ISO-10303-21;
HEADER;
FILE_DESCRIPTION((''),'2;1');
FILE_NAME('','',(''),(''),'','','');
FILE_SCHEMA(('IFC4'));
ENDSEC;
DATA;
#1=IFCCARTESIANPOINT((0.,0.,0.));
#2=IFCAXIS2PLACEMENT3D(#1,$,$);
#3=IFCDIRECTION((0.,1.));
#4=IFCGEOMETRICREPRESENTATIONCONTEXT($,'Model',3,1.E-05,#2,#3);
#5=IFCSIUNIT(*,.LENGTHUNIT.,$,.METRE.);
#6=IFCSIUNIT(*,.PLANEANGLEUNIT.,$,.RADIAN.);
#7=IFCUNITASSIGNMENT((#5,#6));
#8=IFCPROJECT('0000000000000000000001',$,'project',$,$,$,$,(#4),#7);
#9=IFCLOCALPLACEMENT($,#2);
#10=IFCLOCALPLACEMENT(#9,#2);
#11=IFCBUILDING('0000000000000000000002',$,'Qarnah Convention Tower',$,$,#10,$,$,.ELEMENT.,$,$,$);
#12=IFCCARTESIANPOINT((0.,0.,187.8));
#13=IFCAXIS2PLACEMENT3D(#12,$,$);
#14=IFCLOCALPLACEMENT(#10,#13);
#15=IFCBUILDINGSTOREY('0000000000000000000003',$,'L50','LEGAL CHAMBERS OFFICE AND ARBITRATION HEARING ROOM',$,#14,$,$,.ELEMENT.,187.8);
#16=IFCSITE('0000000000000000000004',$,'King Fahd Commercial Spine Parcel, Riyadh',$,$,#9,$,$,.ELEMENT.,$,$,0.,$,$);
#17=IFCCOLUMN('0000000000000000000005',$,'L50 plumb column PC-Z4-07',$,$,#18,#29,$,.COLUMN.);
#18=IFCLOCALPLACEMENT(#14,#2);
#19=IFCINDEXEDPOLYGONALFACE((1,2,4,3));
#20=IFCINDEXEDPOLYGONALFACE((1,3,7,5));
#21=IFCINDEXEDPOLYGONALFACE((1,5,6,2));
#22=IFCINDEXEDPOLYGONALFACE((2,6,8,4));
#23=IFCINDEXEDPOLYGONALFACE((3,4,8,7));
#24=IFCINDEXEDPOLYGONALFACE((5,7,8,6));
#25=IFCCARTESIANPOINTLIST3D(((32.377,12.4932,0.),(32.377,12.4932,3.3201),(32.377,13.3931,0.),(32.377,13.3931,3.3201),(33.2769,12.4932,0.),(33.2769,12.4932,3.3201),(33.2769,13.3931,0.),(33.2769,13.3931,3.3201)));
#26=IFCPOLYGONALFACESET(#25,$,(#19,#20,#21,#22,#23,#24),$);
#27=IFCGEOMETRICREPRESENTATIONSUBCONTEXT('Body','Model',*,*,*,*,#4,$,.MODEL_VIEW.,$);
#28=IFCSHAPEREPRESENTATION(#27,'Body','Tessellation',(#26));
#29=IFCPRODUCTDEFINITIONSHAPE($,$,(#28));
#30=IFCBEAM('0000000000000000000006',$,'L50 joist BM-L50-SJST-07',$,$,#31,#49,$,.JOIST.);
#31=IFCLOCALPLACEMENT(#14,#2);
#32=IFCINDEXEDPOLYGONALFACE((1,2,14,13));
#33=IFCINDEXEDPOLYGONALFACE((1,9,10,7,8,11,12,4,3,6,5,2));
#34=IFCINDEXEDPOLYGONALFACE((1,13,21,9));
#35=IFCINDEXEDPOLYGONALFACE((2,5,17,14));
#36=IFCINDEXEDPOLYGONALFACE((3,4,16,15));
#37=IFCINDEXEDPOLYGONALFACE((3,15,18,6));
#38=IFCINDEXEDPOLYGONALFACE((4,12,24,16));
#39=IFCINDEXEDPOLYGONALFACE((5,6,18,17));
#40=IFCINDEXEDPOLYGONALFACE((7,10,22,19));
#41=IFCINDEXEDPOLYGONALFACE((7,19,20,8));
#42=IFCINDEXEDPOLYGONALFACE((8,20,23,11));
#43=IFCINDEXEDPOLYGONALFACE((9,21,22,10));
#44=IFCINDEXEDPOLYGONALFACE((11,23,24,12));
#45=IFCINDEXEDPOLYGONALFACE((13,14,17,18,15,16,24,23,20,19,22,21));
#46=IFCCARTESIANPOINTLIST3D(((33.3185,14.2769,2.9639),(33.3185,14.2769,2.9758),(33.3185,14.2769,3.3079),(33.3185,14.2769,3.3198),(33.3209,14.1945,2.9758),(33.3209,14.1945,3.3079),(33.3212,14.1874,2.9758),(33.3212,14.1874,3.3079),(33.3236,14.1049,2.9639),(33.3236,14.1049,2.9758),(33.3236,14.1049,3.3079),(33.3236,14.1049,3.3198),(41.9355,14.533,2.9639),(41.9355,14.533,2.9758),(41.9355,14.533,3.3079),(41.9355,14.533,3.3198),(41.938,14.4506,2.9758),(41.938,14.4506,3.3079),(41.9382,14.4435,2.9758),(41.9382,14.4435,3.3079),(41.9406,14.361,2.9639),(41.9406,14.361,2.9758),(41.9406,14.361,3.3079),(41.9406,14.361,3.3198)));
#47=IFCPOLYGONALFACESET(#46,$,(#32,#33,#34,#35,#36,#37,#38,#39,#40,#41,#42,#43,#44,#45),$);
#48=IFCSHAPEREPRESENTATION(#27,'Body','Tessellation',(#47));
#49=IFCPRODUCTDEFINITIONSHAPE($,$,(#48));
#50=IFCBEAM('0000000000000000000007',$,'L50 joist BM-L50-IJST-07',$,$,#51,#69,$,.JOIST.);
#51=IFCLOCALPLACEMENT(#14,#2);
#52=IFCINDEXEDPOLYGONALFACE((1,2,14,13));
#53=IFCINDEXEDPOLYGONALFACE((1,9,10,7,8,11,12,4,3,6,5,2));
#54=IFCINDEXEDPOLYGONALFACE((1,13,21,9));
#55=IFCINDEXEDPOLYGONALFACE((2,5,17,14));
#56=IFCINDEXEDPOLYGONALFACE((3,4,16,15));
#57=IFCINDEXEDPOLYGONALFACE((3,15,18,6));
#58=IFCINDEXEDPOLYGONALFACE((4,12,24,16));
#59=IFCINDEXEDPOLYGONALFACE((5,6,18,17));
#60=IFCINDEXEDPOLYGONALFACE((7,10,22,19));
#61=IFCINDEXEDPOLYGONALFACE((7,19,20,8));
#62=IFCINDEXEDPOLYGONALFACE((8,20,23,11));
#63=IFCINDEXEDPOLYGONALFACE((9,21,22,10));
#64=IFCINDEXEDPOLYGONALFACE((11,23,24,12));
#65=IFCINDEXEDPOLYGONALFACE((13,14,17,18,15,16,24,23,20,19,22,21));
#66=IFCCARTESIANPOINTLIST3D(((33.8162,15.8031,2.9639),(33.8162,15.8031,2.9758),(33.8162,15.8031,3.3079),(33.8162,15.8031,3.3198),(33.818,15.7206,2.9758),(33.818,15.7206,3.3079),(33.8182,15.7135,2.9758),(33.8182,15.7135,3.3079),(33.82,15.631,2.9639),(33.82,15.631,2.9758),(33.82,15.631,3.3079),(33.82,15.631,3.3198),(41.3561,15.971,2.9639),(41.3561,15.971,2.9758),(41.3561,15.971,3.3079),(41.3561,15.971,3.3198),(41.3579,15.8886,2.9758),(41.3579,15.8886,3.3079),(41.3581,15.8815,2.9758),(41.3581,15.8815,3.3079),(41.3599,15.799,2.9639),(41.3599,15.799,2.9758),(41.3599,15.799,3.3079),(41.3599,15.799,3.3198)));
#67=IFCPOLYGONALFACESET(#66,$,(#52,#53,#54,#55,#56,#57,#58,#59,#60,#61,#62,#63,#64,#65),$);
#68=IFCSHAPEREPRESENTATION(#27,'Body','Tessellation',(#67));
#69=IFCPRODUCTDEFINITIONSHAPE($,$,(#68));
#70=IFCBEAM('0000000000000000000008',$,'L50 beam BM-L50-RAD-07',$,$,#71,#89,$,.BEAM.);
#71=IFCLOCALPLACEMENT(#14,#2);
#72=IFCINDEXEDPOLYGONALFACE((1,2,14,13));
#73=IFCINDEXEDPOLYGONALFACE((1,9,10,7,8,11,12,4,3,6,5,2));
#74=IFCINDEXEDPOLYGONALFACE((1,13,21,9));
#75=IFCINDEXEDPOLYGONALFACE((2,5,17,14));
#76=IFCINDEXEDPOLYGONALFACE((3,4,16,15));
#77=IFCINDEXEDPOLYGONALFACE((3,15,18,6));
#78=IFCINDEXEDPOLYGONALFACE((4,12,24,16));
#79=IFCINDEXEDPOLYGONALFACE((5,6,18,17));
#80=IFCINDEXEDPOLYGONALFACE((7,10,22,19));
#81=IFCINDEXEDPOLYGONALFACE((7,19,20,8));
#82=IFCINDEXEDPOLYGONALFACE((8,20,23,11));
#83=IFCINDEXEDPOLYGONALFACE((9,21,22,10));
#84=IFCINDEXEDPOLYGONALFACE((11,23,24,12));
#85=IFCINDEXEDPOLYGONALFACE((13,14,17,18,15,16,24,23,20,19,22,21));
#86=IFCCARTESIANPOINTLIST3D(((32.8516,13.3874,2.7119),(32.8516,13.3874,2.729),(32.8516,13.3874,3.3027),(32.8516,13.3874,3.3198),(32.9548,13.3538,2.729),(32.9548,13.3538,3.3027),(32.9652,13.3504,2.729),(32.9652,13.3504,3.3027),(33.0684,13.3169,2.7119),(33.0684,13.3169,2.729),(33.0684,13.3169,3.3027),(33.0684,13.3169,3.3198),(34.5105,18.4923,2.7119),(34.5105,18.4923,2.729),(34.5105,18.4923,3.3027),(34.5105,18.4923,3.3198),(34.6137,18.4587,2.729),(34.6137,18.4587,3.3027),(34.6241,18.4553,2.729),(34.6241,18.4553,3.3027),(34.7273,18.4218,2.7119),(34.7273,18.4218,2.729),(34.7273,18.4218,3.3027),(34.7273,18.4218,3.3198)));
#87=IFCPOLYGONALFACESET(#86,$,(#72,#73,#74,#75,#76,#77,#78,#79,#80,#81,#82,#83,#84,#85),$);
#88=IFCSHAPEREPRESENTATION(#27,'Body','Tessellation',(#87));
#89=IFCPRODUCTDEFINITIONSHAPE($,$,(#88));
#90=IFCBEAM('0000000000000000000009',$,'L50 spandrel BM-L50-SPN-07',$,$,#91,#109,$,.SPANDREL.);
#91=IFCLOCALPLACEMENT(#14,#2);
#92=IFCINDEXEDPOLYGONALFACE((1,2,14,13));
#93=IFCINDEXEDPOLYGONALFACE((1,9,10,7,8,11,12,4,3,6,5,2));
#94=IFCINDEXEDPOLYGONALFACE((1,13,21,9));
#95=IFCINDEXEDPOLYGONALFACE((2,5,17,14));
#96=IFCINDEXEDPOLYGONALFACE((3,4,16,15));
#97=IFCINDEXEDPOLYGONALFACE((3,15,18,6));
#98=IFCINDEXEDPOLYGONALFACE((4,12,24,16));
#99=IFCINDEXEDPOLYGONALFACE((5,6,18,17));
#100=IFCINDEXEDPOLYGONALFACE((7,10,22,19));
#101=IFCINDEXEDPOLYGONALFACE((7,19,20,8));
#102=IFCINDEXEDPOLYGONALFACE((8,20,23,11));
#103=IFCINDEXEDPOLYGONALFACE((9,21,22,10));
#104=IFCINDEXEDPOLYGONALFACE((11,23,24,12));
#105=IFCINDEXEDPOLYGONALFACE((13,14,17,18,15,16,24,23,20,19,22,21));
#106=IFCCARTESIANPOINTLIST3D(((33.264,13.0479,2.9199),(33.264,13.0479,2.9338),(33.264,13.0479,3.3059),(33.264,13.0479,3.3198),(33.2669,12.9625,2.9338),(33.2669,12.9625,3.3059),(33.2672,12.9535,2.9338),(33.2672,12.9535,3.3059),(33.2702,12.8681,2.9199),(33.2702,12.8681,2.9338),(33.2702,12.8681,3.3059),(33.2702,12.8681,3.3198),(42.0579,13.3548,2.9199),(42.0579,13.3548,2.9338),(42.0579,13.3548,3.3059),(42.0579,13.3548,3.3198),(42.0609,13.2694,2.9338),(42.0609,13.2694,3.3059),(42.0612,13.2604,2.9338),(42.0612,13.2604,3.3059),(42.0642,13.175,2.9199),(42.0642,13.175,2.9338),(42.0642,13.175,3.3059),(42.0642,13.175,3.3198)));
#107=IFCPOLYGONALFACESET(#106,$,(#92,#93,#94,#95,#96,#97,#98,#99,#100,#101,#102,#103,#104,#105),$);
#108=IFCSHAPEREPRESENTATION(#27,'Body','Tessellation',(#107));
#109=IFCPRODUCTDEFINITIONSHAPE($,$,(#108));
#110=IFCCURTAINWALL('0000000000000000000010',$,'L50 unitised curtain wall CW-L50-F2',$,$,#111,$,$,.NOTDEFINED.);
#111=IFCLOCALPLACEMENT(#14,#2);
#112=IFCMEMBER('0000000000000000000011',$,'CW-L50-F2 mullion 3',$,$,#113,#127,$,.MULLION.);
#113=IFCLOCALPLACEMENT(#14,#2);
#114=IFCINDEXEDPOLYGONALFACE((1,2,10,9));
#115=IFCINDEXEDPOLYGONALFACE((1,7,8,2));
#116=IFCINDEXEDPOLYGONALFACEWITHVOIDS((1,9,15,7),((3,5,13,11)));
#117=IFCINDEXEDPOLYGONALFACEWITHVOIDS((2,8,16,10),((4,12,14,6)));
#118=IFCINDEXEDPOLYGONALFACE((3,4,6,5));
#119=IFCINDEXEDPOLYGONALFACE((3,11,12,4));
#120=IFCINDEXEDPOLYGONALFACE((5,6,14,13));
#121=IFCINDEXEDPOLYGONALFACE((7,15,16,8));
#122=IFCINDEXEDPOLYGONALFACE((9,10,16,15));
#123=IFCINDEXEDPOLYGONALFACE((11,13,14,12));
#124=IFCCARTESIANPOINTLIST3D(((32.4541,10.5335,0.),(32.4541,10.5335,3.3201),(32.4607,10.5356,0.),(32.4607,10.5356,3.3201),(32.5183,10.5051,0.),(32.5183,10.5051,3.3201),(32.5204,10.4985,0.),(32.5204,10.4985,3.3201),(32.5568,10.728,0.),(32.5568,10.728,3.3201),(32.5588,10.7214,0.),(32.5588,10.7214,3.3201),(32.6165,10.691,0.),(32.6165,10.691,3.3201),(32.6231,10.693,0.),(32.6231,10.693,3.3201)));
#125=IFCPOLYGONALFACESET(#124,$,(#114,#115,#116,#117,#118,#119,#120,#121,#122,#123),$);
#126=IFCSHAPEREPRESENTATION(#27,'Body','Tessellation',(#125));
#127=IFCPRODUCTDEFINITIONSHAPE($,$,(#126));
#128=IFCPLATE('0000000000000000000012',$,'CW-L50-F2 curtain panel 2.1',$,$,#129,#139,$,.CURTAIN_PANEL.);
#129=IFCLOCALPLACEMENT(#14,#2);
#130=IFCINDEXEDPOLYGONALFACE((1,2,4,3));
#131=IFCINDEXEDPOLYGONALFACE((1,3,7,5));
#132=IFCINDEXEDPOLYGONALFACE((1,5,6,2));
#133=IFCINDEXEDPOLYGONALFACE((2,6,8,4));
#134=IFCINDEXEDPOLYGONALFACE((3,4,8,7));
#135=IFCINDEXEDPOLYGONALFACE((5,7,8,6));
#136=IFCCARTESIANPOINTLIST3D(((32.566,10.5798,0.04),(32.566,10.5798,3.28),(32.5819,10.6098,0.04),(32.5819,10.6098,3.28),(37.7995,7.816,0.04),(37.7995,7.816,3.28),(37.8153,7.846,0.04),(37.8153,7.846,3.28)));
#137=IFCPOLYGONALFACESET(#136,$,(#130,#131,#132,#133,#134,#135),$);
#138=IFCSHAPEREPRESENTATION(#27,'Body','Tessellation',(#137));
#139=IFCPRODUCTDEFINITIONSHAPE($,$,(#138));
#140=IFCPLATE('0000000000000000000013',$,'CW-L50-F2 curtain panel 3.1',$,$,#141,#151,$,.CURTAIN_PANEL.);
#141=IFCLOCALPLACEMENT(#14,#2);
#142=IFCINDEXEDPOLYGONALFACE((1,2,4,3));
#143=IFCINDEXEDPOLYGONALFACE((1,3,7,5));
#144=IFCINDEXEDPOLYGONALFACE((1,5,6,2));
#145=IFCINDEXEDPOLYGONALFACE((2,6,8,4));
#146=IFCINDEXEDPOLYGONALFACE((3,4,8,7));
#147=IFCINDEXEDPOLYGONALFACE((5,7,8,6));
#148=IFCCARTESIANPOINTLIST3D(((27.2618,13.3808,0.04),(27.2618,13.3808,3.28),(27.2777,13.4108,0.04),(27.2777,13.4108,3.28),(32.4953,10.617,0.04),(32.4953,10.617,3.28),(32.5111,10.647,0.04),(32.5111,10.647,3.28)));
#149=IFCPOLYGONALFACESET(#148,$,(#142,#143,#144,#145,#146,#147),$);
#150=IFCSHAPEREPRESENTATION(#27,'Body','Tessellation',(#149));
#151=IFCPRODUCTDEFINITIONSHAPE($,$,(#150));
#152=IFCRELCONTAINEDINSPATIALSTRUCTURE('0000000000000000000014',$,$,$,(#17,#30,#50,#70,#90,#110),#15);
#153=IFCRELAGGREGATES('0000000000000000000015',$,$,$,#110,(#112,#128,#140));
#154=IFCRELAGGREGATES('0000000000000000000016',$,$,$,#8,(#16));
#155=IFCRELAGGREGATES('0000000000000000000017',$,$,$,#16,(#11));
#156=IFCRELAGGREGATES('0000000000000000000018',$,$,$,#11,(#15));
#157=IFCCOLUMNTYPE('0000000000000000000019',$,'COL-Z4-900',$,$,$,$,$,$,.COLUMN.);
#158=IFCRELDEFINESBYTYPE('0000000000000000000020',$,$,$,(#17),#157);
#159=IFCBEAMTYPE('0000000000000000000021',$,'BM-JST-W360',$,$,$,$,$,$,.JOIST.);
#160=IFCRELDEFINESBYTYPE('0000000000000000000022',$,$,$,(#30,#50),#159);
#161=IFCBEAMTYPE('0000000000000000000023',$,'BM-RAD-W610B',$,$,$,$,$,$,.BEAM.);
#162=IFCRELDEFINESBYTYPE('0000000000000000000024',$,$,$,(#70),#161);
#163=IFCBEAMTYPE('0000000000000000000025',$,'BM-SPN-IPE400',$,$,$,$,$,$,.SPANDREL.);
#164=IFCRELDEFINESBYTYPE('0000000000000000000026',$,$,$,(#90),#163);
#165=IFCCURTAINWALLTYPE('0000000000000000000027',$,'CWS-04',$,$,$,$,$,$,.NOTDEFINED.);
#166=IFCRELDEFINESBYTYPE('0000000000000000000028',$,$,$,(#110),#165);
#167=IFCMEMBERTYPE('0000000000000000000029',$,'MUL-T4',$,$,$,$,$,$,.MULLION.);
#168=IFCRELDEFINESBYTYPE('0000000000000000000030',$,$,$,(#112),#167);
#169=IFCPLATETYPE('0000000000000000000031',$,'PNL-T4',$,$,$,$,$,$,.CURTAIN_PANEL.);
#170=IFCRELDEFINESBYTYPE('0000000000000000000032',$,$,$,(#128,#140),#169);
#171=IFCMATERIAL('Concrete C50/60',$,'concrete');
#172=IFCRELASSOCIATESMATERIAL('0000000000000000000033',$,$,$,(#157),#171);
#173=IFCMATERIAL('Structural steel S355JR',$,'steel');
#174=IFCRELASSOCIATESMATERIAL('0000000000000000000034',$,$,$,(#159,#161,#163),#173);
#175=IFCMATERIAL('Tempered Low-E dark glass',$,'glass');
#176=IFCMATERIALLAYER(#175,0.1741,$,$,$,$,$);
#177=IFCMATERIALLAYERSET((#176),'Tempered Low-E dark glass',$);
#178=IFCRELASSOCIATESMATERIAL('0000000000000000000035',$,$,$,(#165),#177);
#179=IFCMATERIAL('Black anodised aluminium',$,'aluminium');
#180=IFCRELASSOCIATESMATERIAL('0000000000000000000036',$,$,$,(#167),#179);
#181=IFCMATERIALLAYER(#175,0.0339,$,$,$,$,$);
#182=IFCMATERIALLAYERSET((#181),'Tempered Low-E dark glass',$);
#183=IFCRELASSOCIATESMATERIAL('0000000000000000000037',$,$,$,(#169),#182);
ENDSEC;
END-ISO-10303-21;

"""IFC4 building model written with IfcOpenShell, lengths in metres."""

from ifc_helpers import new_model, si_unit, direction, frame, origin, origin_2d, place, context, subcontext, project, spatial, rectangle, hollow_rectangle, i_section, extrude, material, layer, layer_set, material_profile, profile_set, type_object, element, aggregate, save


model = new_model("IFC4")

# Units and contexts
model_context = context("Model", 3, precision=1e-05, world=origin(), true_north=direction((0.0, 1.0)))
body_context = subcontext(model_context, "Body", "Model", "MODEL_VIEW")
ifc_project = project(units=[si_unit("LENGTHUNIT", "METRE"), si_unit("PLANEANGLEUNIT", "RADIAN")], contexts=[model_context])

# Site, building, storey
site_placement = place(None, origin())
site = spatial("IfcSite", under=ifc_project, at=site_placement, Name="King Fahd Commercial Spine Parcel, Riyadh", CompositionType="ELEMENT", RefElevation=0.0)
building_placement = place(site_placement, origin())
building = spatial("IfcBuilding", under=site, at=building_placement, Name="Qarnah Convention Tower", CompositionType="ELEMENT")
storey_placement = place(building_placement, frame((0.0, 0.0, 187.8)))
storey = spatial("IfcBuildingStorey", under=building, at=storey_placement, Name="L50", Description="LEGAL CHAMBERS OFFICE AND ARBITRATION HEARING ROOM", CompositionType="ELEMENT", Elevation=187.8)

# Column
ifc_material_1 = material(Name="Concrete C50/60", Category="concrete")
ifc_material_profile_1 = material_profile(ifc_material_1, rectangle(XDim=0.8999, YDim=0.8999, at=origin_2d()), Name="RC-COL-900X900")
ifc_profile_set_1 = profile_set([ifc_material_profile_1], Name="Concrete C50/60")
column_type = type_object("IfcColumnType", Name="COL-Z4-900", PredefinedType="COLUMN", material=ifc_profile_set_1)
column_placement = place(storey_placement, frame((32.8269, 12.9431, 0.0), z_axis=(0.0, 0.0, 1.0), x_axis=(1.0, 0.0, 0.0)))
element("IfcColumn", 1, at=column_placement, inside=storey, type_object=column_type, Name="L50 plumb column PC-Z4-07", PredefinedType="COLUMN", context=body_context, shape_type="SweptSolid", body=[
    extrude(rectangle(XDim=0.8999, YDim=0.8999, at=origin_2d()), origin(), (0.0, 0.0, 1.0), 3.3201),
])

# Beams
ifc_material_2 = material(Name="Structural steel S355JR", Category="steel")
ifc_material_profile_2 = material_profile(ifc_material_2, i_section(OverallWidth=0.1721, OverallDepth=0.356, WebThickness=0.0071, FlangeThickness=0.012, at=origin_2d()), Name="W360X51")
ifc_profile_set_2 = profile_set([ifc_material_profile_2], Name="Structural steel S355JR")
beam_type_1 = type_object("IfcBeamType", Name="BM-JST-W360", PredefinedType="JOIST", material=ifc_profile_set_2)
beam_1_placement = place(storey_placement, frame((33.321, 14.1909, 3.1418), z_axis=(0.999559, 0.029708, 0.0), x_axis=(-0.029708, 0.999559, 0.0)))
element("IfcBeam", 2, at=beam_1_placement, inside=storey, type_object=beam_type_1, Name="L50 joist BM-L50-SJST-07", PredefinedType="JOIST", context=body_context, shape_type="SweptSolid", body=[
    extrude(i_section(OverallWidth=0.1721, OverallDepth=0.356, WebThickness=0.0071, FlangeThickness=0.012, at=origin_2d()), origin(), (0.0, 0.0, 1.0), 8.6208),
])
beam_2_placement = place(storey_placement, frame((33.8181, 15.717, 3.1418), z_axis=(0.999752, 0.022272, 0.0), x_axis=(-0.022272, 0.999752, 0.0)))
element("IfcBeam", 3, at=beam_2_placement, inside=storey, type_object=beam_type_1, Name="L50 joist BM-L50-IJST-07", PredefinedType="JOIST", context=body_context, shape_type="SweptSolid", body=[
    extrude(i_section(OverallWidth=0.1721, OverallDepth=0.356, WebThickness=0.0071, FlangeThickness=0.012, at=origin_2d()), origin(), (0.0, 0.0, 1.0), 7.5417),
])
ifc_material_profile_3 = material_profile(ifc_material_2, i_section(OverallWidth=0.228, OverallDepth=0.6079, WebThickness=0.011, FlangeThickness=0.0171, at=origin_2d()), Name="W610X113")
ifc_profile_set_3 = profile_set([ifc_material_profile_3], Name="Structural steel S355JR")
beam_type_2 = type_object("IfcBeamType", Name="BM-RAD-W610B", PredefinedType="BEAM", material=ifc_profile_set_3)
beam_3_placement = place(storey_placement, frame((34.6189, 18.457, 3.0159), z_axis=(-0.309055, -0.951044, 0.0), x_axis=(0.951044, -0.309055, 0.0)))
element("IfcBeam", 4, at=beam_3_placement, inside=storey, type_object=beam_type_2, Name="L50 beam BM-L50-RAD-07", PredefinedType="BEAM", context=body_context, shape_type="SweptSolid", body=[
    extrude(i_section(OverallWidth=0.228, OverallDepth=0.6079, WebThickness=0.011, FlangeThickness=0.0171, at=origin_2d()), origin(), (0.0, 0.0, 1.0), 5.3677),
])
ifc_material_profile_4 = material_profile(ifc_material_2, i_section(OverallWidth=0.1799, OverallDepth=0.3999, WebThickness=0.009, FlangeThickness=0.0139, at=origin_2d()), Name="IPE400")
ifc_profile_set_4 = profile_set([ifc_material_profile_4], Name="Structural steel S355JR")
beam_type_3 = type_object("IfcBeamType", Name="BM-SPN-IPE400", PredefinedType="SPANDREL", material=ifc_profile_set_4)
beam_4_placement = place(storey_placement, frame((33.2671, 12.958, 3.1199), z_axis=(0.999392, 0.034876, 0.0), x_axis=(-0.034876, 0.999392, 0.0)))
element("IfcBeam", 5, at=beam_4_placement, inside=storey, type_object=beam_type_3, Name="L50 spandrel BM-L50-SPN-07", PredefinedType="SPANDREL", context=body_context, shape_type="SweptSolid", body=[
    extrude(i_section(OverallWidth=0.1799, OverallDepth=0.3999, WebThickness=0.009, FlangeThickness=0.0139, at=origin_2d()), origin(), (0.0, 0.0, 1.0), 8.7993),
])

# Curtain wall, member, plates
ifc_material_3 = material(Name="Tempered Low-E dark glass", Category="glass")
ifc_layer_1 = layer(ifc_material_3, 0.1741)
ifc_layer_set_1 = layer_set([ifc_layer_1], Name="Tempered Low-E dark glass")
curtain_wall_type = type_object("IfcCurtainWallType", Name="CWS-04", PredefinedType="NOTDEFINED", material=ifc_layer_set_1)
curtain_wall_placement = place(storey_placement, origin())
curtain_wall = element("IfcCurtainWall", 6, at=curtain_wall_placement, inside=storey, type_object=curtain_wall_type, Name="L50 unitised curtain wall CW-L50-F2", PredefinedType="NOTDEFINED")
ifc_material_4 = material(Name="Black anodised aluminium", Category="aluminium")
ifc_material_profile_5 = material_profile(ifc_material_4, hollow_rectangle(XDim=0.075, YDim=0.22, WallThickness=0.0049, at=origin_2d()), Name="MUL-75X220")
ifc_profile_set_5 = profile_set([ifc_material_profile_5], Name="Black anodised aluminium")
member_type = type_object("IfcMemberType", Name="MUL-T4", PredefinedType="MULLION", material=ifc_profile_set_5)
member_placement = place(storey_placement, frame((32.5386, 10.6133, 0.0), z_axis=(0.0, 0.0, 1.0), x_axis=(-0.884264, 0.466988, 0.0)))
member = element("IfcMember", 7, at=member_placement, type_object=member_type, Name="CW-L50-F2 mullion 3", PredefinedType="MULLION", context=body_context, shape_type="SweptSolid", body=[
    extrude(hollow_rectangle(XDim=0.075, YDim=0.22, WallThickness=0.0049, at=origin_2d()), origin(), (0.0, 0.0, 1.0), 3.3201),
])
ifc_layer_2 = layer(ifc_material_3, 0.0339)
ifc_layer_set_2 = layer_set([ifc_layer_2], Name="Tempered Low-E dark glass")
plate_type = type_object("IfcPlateType", Name="PNL-T4", PredefinedType="CURTAIN_PANEL", material=ifc_layer_set_2)
plate_1_placement = place(storey_placement, frame((35.1907, 9.2129, 0.04), z_axis=(0.0, 0.0, 1.0), x_axis=(-0.884264, 0.466988, 0.0)))
plate_1 = element("IfcPlate", 8, at=plate_1_placement, type_object=plate_type, Name="CW-L50-F2 curtain panel 2.1", PredefinedType="CURTAIN_PANEL", context=body_context, shape_type="SweptSolid", body=[
    extrude(rectangle(XDim=5.9185, YDim=0.0339, at=origin_2d()), origin(), (0.0, 0.0, 1.0), 3.24),
])
plate_2_placement = place(storey_placement, frame((29.8865, 12.0139, 0.04), z_axis=(0.0, 0.0, 1.0), x_axis=(-0.884264, 0.466988, 0.0)))
plate_2 = element("IfcPlate", 9, at=plate_2_placement, type_object=plate_type, Name="CW-L50-F2 curtain panel 3.1", PredefinedType="CURTAIN_PANEL", context=body_context, shape_type="SweptSolid", body=[
    extrude(rectangle(XDim=5.9185, YDim=0.0339, at=origin_2d()), origin(), (0.0, 0.0, 1.0), 3.24),
])
aggregate(curtain_wall, [member, plate_1, plate_2])

save(model, "model.ifc")
